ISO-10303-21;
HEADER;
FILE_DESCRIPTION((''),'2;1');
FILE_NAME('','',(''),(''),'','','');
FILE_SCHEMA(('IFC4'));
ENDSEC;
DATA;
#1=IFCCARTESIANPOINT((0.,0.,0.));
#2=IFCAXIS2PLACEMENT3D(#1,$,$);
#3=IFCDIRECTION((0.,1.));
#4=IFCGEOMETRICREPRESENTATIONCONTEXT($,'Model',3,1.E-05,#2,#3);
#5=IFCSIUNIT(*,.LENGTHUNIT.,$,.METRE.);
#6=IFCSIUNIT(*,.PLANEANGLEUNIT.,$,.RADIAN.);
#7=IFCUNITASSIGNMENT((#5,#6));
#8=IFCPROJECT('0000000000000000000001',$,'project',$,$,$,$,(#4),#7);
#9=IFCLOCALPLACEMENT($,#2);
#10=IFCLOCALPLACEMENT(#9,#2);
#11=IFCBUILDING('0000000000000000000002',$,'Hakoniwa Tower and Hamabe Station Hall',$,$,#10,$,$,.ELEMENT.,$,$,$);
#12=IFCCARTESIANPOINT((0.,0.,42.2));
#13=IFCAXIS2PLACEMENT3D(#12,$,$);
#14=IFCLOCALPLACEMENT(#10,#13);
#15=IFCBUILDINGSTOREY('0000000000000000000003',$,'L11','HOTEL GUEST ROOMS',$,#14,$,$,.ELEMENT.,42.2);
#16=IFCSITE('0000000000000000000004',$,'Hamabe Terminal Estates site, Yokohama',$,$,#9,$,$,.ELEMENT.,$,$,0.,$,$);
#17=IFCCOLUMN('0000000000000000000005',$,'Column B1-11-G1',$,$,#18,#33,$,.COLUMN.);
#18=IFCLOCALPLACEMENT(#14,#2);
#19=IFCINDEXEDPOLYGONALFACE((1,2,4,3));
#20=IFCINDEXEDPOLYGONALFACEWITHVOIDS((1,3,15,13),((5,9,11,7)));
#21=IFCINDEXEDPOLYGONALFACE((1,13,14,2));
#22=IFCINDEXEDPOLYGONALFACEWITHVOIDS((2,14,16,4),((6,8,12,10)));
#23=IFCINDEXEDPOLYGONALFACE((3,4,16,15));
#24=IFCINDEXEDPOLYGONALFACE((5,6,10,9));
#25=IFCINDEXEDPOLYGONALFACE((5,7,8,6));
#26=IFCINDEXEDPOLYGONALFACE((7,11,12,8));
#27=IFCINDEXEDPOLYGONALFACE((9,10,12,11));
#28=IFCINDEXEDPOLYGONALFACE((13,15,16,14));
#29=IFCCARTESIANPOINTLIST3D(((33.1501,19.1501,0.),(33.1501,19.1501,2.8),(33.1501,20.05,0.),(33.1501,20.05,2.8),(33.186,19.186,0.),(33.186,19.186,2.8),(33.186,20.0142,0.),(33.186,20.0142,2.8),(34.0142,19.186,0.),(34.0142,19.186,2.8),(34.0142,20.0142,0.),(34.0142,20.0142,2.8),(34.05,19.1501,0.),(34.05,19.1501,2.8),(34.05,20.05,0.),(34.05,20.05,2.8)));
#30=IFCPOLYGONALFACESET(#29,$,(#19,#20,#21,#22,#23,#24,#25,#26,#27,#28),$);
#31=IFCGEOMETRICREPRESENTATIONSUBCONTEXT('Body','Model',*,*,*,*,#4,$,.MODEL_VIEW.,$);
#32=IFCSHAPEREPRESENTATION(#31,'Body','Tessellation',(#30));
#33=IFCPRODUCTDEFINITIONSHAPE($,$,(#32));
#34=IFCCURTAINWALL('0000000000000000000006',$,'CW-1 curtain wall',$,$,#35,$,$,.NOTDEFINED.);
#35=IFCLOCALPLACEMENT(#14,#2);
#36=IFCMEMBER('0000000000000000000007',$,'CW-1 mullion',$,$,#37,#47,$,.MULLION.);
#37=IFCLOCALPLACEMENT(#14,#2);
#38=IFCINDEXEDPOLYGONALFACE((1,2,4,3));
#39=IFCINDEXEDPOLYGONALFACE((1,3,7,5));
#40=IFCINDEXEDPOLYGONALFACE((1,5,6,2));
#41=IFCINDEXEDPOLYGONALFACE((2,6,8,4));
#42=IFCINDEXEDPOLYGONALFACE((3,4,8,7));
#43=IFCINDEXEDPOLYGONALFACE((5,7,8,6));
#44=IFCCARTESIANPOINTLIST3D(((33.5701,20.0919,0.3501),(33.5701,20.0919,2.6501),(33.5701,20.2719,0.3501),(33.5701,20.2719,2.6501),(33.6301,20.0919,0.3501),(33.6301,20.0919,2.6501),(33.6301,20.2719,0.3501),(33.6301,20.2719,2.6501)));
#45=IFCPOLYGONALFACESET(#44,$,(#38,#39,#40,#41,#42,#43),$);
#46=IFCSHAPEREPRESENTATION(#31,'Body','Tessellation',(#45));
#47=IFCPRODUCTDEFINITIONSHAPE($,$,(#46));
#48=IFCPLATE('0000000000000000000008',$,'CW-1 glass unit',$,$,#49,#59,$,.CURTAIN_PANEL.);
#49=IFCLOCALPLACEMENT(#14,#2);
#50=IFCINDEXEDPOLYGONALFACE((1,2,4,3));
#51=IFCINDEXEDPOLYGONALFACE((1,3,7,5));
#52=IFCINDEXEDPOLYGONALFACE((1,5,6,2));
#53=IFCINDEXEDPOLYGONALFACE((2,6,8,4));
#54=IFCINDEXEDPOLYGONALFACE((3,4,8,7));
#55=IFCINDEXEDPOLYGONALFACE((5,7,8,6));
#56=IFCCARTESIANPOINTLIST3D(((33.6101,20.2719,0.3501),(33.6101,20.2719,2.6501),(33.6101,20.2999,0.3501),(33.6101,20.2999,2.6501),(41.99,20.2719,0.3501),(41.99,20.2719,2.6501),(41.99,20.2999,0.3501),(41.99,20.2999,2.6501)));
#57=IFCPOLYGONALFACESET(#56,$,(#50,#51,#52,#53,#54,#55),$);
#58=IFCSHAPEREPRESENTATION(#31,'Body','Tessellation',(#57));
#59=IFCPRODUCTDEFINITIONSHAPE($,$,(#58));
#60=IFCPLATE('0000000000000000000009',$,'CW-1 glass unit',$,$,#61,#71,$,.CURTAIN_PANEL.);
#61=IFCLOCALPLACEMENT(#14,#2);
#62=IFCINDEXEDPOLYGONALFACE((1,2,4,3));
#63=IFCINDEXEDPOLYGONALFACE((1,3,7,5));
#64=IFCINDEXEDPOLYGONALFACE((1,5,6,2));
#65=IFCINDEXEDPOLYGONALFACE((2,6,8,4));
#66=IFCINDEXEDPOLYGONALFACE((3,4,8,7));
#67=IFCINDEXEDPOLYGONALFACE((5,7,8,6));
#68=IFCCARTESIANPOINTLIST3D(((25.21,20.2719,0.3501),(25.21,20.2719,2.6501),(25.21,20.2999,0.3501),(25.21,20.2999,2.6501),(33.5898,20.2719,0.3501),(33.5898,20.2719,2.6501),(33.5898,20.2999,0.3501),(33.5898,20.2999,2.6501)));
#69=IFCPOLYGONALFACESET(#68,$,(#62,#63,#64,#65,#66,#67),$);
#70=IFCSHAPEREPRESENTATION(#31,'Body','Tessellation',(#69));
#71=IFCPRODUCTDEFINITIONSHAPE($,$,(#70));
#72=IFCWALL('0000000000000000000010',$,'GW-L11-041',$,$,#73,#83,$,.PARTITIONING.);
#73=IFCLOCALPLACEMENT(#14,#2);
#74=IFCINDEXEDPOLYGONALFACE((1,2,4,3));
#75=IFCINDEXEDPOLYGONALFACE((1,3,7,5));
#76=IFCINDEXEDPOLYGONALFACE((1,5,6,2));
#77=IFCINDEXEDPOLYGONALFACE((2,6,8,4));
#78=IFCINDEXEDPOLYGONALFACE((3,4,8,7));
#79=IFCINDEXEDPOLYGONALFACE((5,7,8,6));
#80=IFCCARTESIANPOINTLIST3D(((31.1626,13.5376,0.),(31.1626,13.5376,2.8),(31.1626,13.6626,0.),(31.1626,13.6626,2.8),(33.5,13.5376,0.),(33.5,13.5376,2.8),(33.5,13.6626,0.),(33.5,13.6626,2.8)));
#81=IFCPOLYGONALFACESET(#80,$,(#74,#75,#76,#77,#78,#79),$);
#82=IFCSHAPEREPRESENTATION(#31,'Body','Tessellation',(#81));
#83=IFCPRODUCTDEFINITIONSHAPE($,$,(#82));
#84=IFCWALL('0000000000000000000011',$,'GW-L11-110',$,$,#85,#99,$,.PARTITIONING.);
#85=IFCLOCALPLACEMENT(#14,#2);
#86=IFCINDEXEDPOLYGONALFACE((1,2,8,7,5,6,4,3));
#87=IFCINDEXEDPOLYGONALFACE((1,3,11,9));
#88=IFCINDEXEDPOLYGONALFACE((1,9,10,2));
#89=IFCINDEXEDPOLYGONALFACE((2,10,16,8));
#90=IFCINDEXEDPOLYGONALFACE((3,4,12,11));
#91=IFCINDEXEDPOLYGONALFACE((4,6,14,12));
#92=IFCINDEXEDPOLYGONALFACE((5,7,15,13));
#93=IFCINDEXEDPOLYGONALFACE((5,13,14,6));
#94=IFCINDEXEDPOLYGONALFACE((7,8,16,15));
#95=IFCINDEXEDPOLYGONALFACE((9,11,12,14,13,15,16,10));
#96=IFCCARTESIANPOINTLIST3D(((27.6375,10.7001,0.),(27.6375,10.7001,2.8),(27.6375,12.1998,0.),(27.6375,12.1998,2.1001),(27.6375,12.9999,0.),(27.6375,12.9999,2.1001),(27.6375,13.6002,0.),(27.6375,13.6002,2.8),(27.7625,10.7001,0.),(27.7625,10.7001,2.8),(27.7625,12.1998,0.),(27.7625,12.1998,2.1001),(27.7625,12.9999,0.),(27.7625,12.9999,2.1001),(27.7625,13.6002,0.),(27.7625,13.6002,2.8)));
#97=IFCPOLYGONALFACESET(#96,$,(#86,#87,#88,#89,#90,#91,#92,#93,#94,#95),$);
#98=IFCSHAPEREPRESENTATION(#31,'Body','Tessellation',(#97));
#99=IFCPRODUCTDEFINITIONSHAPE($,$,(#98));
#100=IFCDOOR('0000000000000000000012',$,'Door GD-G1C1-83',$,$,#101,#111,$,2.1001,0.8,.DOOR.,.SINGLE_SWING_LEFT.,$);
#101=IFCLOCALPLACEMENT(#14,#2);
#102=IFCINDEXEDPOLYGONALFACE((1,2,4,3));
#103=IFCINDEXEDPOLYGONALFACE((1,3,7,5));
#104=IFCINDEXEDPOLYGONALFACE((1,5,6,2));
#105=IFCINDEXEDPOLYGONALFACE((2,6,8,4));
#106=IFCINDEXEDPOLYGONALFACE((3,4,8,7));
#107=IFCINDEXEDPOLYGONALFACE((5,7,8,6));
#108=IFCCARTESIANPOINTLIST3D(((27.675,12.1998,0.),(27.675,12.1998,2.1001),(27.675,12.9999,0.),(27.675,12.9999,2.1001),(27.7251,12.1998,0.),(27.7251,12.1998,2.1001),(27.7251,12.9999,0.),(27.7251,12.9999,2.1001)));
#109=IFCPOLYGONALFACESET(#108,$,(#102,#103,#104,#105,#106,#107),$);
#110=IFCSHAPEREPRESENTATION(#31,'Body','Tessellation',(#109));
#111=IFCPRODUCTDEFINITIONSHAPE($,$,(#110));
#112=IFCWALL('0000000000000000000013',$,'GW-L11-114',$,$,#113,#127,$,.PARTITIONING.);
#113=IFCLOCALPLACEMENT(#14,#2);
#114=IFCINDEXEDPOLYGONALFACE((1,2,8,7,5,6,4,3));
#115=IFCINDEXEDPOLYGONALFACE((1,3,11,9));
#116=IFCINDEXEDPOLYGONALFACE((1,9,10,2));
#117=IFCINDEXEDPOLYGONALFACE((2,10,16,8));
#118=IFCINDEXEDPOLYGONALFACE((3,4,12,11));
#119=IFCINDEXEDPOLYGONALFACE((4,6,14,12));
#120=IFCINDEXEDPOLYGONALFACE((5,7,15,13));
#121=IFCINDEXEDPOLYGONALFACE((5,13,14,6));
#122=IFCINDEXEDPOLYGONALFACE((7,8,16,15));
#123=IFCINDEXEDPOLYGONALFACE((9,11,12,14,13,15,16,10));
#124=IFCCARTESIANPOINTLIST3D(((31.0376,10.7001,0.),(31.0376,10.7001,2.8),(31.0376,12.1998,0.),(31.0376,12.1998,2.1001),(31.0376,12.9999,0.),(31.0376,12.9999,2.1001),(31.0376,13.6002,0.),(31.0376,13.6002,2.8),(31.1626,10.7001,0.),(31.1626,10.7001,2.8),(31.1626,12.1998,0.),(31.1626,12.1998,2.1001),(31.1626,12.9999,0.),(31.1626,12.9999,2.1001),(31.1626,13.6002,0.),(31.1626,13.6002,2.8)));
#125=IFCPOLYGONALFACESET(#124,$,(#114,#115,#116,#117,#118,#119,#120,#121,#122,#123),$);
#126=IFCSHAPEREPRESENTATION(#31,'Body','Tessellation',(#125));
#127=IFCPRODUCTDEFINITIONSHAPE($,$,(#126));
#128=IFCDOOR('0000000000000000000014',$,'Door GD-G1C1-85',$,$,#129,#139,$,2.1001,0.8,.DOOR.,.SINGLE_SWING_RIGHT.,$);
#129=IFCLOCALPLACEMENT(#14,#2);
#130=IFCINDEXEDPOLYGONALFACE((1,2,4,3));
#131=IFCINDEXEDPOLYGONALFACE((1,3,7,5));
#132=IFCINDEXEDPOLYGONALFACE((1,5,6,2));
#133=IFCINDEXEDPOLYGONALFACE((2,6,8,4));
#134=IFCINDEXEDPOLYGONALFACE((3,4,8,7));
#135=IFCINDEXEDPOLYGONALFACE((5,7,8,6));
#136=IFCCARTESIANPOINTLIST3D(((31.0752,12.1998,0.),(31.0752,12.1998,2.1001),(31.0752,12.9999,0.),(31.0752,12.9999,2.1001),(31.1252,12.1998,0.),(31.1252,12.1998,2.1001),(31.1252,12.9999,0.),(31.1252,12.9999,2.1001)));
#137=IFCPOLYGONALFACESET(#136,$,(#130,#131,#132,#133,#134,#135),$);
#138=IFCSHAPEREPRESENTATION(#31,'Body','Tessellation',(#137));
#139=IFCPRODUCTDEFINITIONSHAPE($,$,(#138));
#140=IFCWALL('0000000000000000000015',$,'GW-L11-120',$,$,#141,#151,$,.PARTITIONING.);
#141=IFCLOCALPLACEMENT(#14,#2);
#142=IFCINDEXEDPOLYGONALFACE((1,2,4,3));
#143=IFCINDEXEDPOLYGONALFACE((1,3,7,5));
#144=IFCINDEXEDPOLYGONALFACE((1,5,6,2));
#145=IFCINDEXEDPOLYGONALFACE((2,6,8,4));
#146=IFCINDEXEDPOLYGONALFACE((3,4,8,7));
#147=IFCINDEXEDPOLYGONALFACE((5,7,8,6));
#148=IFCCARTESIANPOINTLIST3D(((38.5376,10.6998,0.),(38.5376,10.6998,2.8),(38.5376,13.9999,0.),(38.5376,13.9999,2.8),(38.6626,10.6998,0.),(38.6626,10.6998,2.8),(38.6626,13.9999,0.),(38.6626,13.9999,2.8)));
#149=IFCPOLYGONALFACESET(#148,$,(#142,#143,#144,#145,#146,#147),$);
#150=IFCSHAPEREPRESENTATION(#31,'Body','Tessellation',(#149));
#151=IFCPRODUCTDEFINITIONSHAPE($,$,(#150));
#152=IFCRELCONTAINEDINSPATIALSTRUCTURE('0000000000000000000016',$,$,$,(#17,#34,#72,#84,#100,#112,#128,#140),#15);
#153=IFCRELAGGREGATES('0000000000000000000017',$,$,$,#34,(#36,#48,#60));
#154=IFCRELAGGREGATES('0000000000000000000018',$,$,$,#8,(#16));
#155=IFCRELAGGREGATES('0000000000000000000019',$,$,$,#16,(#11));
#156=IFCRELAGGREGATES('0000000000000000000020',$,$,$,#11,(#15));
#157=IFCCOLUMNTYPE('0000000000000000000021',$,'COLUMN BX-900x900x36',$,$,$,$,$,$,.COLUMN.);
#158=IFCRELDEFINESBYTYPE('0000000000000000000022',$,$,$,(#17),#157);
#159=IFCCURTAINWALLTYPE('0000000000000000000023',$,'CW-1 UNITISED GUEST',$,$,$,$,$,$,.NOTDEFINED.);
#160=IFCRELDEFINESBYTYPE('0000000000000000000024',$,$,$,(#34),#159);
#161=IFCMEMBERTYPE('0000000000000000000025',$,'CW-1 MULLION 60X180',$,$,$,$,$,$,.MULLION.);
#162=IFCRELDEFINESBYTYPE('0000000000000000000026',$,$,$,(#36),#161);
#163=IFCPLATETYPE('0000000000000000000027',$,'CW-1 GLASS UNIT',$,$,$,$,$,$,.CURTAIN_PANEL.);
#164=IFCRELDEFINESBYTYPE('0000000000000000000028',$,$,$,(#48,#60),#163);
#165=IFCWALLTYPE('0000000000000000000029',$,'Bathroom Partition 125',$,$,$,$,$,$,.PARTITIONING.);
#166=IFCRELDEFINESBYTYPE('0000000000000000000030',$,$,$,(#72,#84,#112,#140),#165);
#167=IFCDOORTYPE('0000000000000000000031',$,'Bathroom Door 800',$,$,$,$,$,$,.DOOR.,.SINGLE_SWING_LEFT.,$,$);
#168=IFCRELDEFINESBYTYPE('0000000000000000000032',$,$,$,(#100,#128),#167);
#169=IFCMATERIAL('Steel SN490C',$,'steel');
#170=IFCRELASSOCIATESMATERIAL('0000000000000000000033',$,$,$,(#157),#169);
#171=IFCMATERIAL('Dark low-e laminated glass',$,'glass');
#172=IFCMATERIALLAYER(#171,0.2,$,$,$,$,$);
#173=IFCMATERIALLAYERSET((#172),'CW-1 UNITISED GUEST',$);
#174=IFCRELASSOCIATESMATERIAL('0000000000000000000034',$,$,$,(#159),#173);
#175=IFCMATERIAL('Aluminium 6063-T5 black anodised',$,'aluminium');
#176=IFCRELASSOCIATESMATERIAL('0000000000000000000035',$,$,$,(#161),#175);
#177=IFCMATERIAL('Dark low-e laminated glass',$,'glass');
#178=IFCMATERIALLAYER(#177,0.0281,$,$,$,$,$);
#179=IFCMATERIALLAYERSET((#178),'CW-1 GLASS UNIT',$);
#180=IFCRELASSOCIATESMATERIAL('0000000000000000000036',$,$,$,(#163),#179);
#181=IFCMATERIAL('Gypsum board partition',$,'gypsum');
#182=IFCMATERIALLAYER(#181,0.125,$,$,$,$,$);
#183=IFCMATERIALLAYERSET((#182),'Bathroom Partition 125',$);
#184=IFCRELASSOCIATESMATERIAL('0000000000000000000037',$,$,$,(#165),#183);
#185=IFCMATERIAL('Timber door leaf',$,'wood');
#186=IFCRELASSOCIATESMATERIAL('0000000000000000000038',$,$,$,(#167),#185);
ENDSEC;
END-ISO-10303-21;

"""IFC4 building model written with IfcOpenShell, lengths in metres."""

from ifc_helpers import new_model, si_unit, direction, frame, frame_2d, origin, origin_2d, place, context, subcontext, project, spatial, rectangle, hollow_rectangle, extrude, material, layer, layer_set, material_profile, profile_set, type_object, element, fill, aggregate, save


model = new_model("IFC4")

# Units and contexts
model_context = context("Model", 3, precision=1e-05, world=origin(), true_north=direction((0.0, 1.0)))
body_context = subcontext(model_context, "Body", "Model", "MODEL_VIEW")
ifc_project = project(units=[si_unit("LENGTHUNIT", "METRE"), si_unit("PLANEANGLEUNIT", "RADIAN")], contexts=[model_context])

# Site, building, storey
site_placement = place(None, origin())
site = spatial("IfcSite", under=ifc_project, at=site_placement, Name="Hamabe Terminal Estates site, Yokohama", CompositionType="ELEMENT", RefElevation=0.0)
building_placement = place(site_placement, origin())
building = spatial("IfcBuilding", under=site, at=building_placement, Name="Hakoniwa Tower and Hamabe Station Hall", CompositionType="ELEMENT")
storey_placement = place(building_placement, frame((0.0, 0.0, 42.2)))
storey = spatial("IfcBuildingStorey", under=building, at=storey_placement, Name="L11", Description="HOTEL GUEST ROOMS", CompositionType="ELEMENT", Elevation=42.2)

# Column
ifc_material_1 = material(Name="Steel SN490C", Category="steel")
ifc_material_profile_1 = material_profile(ifc_material_1, hollow_rectangle(XDim=0.8999, YDim=0.8999, WallThickness=0.0359, at=origin_2d()), Name="BX-900x900x36")
ifc_profile_set_1 = profile_set([ifc_material_profile_1], Name="Steel SN490C")
column_type = type_object("IfcColumnType", Name="COLUMN BX-900x900x36", PredefinedType="COLUMN", material=ifc_profile_set_1)
column_placement = place(storey_placement, frame((33.6001, 19.6001, 0.0), z_axis=(0.0, 0.0, 1.0), x_axis=(1.0, 0.0, 0.0)))
element("IfcColumn", 1, at=column_placement, inside=storey, type_object=column_type, Name="Column B1-11-G1", PredefinedType="COLUMN", context=body_context, shape_type="SweptSolid", body=[
    extrude(hollow_rectangle(XDim=0.8999, YDim=0.8999, WallThickness=0.0359, at=origin_2d()), origin(), (0.0, 0.0, 1.0), 2.8),
])

# Curtain wall, member, plates
ifc_material_2 = material(Name="Dark low-e laminated glass", Category="glass")
ifc_layer_1 = layer(ifc_material_2, 0.2)
ifc_layer_set_1 = layer_set([ifc_layer_1], Name="CW-1 UNITISED GUEST")
curtain_wall_type = type_object("IfcCurtainWallType", Name="CW-1 UNITISED GUEST", PredefinedType="NOTDEFINED", material=ifc_layer_set_1)
curtain_wall_placement = place(storey_placement, origin())
curtain_wall = element("IfcCurtainWall", 2, at=curtain_wall_placement, inside=storey, type_object=curtain_wall_type, Name="CW-1 curtain wall", PredefinedType="NOTDEFINED")
ifc_material_3 = material(Name="Aluminium 6063-T5 black anodised", Category="aluminium")
ifc_material_profile_2 = material_profile(ifc_material_3, rectangle(XDim=0.0601, YDim=0.1799, at=origin_2d()), Name="CW-1 MULLION 60X180")
ifc_profile_set_2 = profile_set([ifc_material_profile_2], Name="Aluminium 6063-T5 black anodised")
member_type = type_object("IfcMemberType", Name="CW-1 MULLION 60X180", PredefinedType="MULLION", material=ifc_profile_set_2)
member_placement = place(storey_placement, frame((33.6001, 20.1819, 0.3501), z_axis=(0.0, 0.0, 1.0), x_axis=(-1.0, 0.0, 0.0)))
member = element("IfcMember", 3, at=member_placement, type_object=member_type, Name="CW-1 mullion", PredefinedType="MULLION", context=body_context, shape_type="SweptSolid", body=[
    extrude(rectangle(XDim=0.0601, YDim=0.1799, at=origin_2d()), origin(), (0.0, 0.0, 1.0), 2.3),
])
ifc_material_4 = material(Name="Dark low-e laminated glass", Category="glass")
ifc_layer_2 = layer(ifc_material_4, 0.0281)
ifc_layer_set_2 = layer_set([ifc_layer_2], Name="CW-1 GLASS UNIT")
plate_type = type_object("IfcPlateType", Name="CW-1 GLASS UNIT", PredefinedType="CURTAIN_PANEL", material=ifc_layer_set_2)
plate_1_placement = place(storey_placement, frame((37.8, 20.2859, 0.3501), z_axis=(0.0, 0.0, 1.0), x_axis=(-1.0, 0.0, 0.0)))
plate_1 = element("IfcPlate", 4, at=plate_1_placement, type_object=plate_type, Name="CW-1 glass unit", PredefinedType="CURTAIN_PANEL", context=body_context, shape_type="SweptSolid", body=[
    extrude(rectangle(XDim=8.3799, YDim=0.0281, at=origin_2d()), origin(), (0.0, 0.0, 1.0), 2.3),
])
plate_2_placement = place(storey_placement, frame((29.3999, 20.2859, 0.3501), z_axis=(0.0, 0.0, 1.0), x_axis=(-1.0, 0.0, 0.0)))
plate_2 = element("IfcPlate", 5, at=plate_2_placement, type_object=plate_type, Name="CW-1 glass unit", PredefinedType="CURTAIN_PANEL", context=body_context, shape_type="SweptSolid", body=[
    extrude(rectangle(XDim=8.3799, YDim=0.0281, at=origin_2d()), origin(), (0.0, 0.0, 1.0), 2.3),
])
aggregate(curtain_wall, [member, plate_1, plate_2])

# Wall
ifc_material_5 = material(Name="Gypsum board partition", Category="gypsum")
ifc_layer_3 = layer(ifc_material_5, 0.125)
ifc_layer_set_3 = layer_set([ifc_layer_3], Name="Bathroom Partition 125")
wall_type_1 = type_object("IfcWallType", Name="Bathroom Partition 125", PredefinedType="PARTITIONING", material=ifc_layer_set_3)
wall_1_placement = place(storey_placement, frame((31.1626, 13.6001, 0.0), z_axis=(0.0, 0.0, 1.0), x_axis=(1.0, 0.0, 0.0)))
element("IfcWall", 6, at=wall_1_placement, inside=storey, type_object=wall_type_1, Name="GW-L11-041", PredefinedType="PARTITIONING", context=body_context, shape_type="SweptSolid", body=[
    extrude(rectangle(XDim=2.3374, YDim=0.125, at=frame_2d((1.1687, 0.0))), origin(), (0.0, 0.0, 1.0), 2.8),
])

# Walls, openings, doors
wall_2_placement = place(storey_placement, frame((27.7, 10.7, 0.0), z_axis=(0.0, 0.0, 1.0), x_axis=(0.0, 1.0, 0.0)))
wall_2 = element("IfcWall", 7, at=wall_2_placement, inside=storey, type_object=wall_type_1, Name="GW-L11-110", PredefinedType="PARTITIONING", context=body_context, shape_type="SweptSolid", body=[
    extrude(rectangle(XDim=2.9001, YDim=0.125, at=frame_2d((1.4502, 0.0))), origin(), (0.0, 0.0, 1.0), 2.8),
])
opening_1_placement = place(wall_2_placement, frame((1.5, 0.0, 0.0)))
opening_1 = element("IfcOpeningElement", 8, at=opening_1_placement, cuts=wall_2, PredefinedType="OPENING", context=body_context, shape_type="SweptSolid", body=[
    extrude(rectangle(XDim=0.8, YDim=2.1001, at=frame_2d((0.3999, 1.05))), frame((0.0, 0.0725, 0.0), z_axis=(0.0, -1.0, 0.0), x_axis=(1.0, 0.0, 0.0)), (0.0, 0.0, 1.0), 0.145),
])
ifc_material_6 = material(Name="Timber door leaf", Category="wood")
door_type_1 = type_object("IfcDoorType", Name="Bathroom Door 800", OperationType="SINGLE_SWING_LEFT", PredefinedType="DOOR", material=ifc_material_6)
door_1_placement = place(opening_1_placement, origin())
door_1 = element("IfcDoor", 9, at=door_1_placement, inside=storey, type_object=door_type_1, Name="Door GD-G1C1-83", OperationType="SINGLE_SWING_LEFT", OverallHeight=2.1001, OverallWidth=0.8, PredefinedType="DOOR", context=body_context, shape_type="SweptSolid", body=[
    extrude(rectangle(XDim=0.8, YDim=2.1001, at=frame_2d((0.3999, 1.05))), frame((0.0, 0.0249, 0.0), z_axis=(0.0, -1.0, 0.0), x_axis=(1.0, 0.0, 0.0)), (0.0, 0.0, 1.0), 0.05),
])
fill(opening_1, door_1)
wall_3_placement = place(storey_placement, frame((31.1001, 10.7, 0.0), z_axis=(0.0, 0.0, 1.0), x_axis=(0.0, 1.0, 0.0)))
wall_3 = element("IfcWall", 10, at=wall_3_placement, inside=storey, type_object=wall_type_1, Name="GW-L11-114", PredefinedType="PARTITIONING", context=body_context, shape_type="SweptSolid", body=[
    extrude(rectangle(XDim=2.9001, YDim=0.125, at=frame_2d((1.4502, 0.0))), origin(), (0.0, 0.0, 1.0), 2.8),
])
opening_2_placement = place(wall_3_placement, frame((1.5, 0.0, 0.0)))
opening_2 = element("IfcOpeningElement", 11, at=opening_2_placement, cuts=wall_3, PredefinedType="OPENING", context=body_context, shape_type="SweptSolid", body=[
    extrude(rectangle(XDim=0.8, YDim=2.1001, at=frame_2d((0.3999, 1.05))), frame((0.0, 0.0725, 0.0), z_axis=(0.0, -1.0, 0.0), x_axis=(1.0, 0.0, 0.0)), (0.0, 0.0, 1.0), 0.145),
])
door_2_placement = place(opening_2_placement, origin())
door_2 = element("IfcDoor", 12, at=door_2_placement, inside=storey, type_object=door_type_1, Name="Door GD-G1C1-85", OperationType="SINGLE_SWING_RIGHT", OverallHeight=2.1001, OverallWidth=0.8, PredefinedType="DOOR", context=body_context, shape_type="SweptSolid", body=[
    extrude(rectangle(XDim=0.8, YDim=2.1001, at=frame_2d((0.3999, 1.05))), frame((0.0, 0.0249, 0.0), z_axis=(0.0, -1.0, 0.0), x_axis=(1.0, 0.0, 0.0)), (0.0, 0.0, 1.0), 0.05),
])
fill(opening_2, door_2)

# Wall
wall_4_placement = place(storey_placement, frame((38.6001, 10.7, 0.0), z_axis=(0.0, 0.0, 1.0), x_axis=(0.0, 1.0, 0.0)))
element("IfcWall", 13, at=wall_4_placement, inside=storey, type_object=wall_type_1, Name="GW-L11-120", PredefinedType="PARTITIONING", context=body_context, shape_type="SweptSolid", body=[
    extrude(rectangle(XDim=3.3, YDim=0.125, at=frame_2d((1.6499, 0.0))), origin(), (0.0, 0.0, 1.0), 2.8),
])

save(model, "model.ifc")
